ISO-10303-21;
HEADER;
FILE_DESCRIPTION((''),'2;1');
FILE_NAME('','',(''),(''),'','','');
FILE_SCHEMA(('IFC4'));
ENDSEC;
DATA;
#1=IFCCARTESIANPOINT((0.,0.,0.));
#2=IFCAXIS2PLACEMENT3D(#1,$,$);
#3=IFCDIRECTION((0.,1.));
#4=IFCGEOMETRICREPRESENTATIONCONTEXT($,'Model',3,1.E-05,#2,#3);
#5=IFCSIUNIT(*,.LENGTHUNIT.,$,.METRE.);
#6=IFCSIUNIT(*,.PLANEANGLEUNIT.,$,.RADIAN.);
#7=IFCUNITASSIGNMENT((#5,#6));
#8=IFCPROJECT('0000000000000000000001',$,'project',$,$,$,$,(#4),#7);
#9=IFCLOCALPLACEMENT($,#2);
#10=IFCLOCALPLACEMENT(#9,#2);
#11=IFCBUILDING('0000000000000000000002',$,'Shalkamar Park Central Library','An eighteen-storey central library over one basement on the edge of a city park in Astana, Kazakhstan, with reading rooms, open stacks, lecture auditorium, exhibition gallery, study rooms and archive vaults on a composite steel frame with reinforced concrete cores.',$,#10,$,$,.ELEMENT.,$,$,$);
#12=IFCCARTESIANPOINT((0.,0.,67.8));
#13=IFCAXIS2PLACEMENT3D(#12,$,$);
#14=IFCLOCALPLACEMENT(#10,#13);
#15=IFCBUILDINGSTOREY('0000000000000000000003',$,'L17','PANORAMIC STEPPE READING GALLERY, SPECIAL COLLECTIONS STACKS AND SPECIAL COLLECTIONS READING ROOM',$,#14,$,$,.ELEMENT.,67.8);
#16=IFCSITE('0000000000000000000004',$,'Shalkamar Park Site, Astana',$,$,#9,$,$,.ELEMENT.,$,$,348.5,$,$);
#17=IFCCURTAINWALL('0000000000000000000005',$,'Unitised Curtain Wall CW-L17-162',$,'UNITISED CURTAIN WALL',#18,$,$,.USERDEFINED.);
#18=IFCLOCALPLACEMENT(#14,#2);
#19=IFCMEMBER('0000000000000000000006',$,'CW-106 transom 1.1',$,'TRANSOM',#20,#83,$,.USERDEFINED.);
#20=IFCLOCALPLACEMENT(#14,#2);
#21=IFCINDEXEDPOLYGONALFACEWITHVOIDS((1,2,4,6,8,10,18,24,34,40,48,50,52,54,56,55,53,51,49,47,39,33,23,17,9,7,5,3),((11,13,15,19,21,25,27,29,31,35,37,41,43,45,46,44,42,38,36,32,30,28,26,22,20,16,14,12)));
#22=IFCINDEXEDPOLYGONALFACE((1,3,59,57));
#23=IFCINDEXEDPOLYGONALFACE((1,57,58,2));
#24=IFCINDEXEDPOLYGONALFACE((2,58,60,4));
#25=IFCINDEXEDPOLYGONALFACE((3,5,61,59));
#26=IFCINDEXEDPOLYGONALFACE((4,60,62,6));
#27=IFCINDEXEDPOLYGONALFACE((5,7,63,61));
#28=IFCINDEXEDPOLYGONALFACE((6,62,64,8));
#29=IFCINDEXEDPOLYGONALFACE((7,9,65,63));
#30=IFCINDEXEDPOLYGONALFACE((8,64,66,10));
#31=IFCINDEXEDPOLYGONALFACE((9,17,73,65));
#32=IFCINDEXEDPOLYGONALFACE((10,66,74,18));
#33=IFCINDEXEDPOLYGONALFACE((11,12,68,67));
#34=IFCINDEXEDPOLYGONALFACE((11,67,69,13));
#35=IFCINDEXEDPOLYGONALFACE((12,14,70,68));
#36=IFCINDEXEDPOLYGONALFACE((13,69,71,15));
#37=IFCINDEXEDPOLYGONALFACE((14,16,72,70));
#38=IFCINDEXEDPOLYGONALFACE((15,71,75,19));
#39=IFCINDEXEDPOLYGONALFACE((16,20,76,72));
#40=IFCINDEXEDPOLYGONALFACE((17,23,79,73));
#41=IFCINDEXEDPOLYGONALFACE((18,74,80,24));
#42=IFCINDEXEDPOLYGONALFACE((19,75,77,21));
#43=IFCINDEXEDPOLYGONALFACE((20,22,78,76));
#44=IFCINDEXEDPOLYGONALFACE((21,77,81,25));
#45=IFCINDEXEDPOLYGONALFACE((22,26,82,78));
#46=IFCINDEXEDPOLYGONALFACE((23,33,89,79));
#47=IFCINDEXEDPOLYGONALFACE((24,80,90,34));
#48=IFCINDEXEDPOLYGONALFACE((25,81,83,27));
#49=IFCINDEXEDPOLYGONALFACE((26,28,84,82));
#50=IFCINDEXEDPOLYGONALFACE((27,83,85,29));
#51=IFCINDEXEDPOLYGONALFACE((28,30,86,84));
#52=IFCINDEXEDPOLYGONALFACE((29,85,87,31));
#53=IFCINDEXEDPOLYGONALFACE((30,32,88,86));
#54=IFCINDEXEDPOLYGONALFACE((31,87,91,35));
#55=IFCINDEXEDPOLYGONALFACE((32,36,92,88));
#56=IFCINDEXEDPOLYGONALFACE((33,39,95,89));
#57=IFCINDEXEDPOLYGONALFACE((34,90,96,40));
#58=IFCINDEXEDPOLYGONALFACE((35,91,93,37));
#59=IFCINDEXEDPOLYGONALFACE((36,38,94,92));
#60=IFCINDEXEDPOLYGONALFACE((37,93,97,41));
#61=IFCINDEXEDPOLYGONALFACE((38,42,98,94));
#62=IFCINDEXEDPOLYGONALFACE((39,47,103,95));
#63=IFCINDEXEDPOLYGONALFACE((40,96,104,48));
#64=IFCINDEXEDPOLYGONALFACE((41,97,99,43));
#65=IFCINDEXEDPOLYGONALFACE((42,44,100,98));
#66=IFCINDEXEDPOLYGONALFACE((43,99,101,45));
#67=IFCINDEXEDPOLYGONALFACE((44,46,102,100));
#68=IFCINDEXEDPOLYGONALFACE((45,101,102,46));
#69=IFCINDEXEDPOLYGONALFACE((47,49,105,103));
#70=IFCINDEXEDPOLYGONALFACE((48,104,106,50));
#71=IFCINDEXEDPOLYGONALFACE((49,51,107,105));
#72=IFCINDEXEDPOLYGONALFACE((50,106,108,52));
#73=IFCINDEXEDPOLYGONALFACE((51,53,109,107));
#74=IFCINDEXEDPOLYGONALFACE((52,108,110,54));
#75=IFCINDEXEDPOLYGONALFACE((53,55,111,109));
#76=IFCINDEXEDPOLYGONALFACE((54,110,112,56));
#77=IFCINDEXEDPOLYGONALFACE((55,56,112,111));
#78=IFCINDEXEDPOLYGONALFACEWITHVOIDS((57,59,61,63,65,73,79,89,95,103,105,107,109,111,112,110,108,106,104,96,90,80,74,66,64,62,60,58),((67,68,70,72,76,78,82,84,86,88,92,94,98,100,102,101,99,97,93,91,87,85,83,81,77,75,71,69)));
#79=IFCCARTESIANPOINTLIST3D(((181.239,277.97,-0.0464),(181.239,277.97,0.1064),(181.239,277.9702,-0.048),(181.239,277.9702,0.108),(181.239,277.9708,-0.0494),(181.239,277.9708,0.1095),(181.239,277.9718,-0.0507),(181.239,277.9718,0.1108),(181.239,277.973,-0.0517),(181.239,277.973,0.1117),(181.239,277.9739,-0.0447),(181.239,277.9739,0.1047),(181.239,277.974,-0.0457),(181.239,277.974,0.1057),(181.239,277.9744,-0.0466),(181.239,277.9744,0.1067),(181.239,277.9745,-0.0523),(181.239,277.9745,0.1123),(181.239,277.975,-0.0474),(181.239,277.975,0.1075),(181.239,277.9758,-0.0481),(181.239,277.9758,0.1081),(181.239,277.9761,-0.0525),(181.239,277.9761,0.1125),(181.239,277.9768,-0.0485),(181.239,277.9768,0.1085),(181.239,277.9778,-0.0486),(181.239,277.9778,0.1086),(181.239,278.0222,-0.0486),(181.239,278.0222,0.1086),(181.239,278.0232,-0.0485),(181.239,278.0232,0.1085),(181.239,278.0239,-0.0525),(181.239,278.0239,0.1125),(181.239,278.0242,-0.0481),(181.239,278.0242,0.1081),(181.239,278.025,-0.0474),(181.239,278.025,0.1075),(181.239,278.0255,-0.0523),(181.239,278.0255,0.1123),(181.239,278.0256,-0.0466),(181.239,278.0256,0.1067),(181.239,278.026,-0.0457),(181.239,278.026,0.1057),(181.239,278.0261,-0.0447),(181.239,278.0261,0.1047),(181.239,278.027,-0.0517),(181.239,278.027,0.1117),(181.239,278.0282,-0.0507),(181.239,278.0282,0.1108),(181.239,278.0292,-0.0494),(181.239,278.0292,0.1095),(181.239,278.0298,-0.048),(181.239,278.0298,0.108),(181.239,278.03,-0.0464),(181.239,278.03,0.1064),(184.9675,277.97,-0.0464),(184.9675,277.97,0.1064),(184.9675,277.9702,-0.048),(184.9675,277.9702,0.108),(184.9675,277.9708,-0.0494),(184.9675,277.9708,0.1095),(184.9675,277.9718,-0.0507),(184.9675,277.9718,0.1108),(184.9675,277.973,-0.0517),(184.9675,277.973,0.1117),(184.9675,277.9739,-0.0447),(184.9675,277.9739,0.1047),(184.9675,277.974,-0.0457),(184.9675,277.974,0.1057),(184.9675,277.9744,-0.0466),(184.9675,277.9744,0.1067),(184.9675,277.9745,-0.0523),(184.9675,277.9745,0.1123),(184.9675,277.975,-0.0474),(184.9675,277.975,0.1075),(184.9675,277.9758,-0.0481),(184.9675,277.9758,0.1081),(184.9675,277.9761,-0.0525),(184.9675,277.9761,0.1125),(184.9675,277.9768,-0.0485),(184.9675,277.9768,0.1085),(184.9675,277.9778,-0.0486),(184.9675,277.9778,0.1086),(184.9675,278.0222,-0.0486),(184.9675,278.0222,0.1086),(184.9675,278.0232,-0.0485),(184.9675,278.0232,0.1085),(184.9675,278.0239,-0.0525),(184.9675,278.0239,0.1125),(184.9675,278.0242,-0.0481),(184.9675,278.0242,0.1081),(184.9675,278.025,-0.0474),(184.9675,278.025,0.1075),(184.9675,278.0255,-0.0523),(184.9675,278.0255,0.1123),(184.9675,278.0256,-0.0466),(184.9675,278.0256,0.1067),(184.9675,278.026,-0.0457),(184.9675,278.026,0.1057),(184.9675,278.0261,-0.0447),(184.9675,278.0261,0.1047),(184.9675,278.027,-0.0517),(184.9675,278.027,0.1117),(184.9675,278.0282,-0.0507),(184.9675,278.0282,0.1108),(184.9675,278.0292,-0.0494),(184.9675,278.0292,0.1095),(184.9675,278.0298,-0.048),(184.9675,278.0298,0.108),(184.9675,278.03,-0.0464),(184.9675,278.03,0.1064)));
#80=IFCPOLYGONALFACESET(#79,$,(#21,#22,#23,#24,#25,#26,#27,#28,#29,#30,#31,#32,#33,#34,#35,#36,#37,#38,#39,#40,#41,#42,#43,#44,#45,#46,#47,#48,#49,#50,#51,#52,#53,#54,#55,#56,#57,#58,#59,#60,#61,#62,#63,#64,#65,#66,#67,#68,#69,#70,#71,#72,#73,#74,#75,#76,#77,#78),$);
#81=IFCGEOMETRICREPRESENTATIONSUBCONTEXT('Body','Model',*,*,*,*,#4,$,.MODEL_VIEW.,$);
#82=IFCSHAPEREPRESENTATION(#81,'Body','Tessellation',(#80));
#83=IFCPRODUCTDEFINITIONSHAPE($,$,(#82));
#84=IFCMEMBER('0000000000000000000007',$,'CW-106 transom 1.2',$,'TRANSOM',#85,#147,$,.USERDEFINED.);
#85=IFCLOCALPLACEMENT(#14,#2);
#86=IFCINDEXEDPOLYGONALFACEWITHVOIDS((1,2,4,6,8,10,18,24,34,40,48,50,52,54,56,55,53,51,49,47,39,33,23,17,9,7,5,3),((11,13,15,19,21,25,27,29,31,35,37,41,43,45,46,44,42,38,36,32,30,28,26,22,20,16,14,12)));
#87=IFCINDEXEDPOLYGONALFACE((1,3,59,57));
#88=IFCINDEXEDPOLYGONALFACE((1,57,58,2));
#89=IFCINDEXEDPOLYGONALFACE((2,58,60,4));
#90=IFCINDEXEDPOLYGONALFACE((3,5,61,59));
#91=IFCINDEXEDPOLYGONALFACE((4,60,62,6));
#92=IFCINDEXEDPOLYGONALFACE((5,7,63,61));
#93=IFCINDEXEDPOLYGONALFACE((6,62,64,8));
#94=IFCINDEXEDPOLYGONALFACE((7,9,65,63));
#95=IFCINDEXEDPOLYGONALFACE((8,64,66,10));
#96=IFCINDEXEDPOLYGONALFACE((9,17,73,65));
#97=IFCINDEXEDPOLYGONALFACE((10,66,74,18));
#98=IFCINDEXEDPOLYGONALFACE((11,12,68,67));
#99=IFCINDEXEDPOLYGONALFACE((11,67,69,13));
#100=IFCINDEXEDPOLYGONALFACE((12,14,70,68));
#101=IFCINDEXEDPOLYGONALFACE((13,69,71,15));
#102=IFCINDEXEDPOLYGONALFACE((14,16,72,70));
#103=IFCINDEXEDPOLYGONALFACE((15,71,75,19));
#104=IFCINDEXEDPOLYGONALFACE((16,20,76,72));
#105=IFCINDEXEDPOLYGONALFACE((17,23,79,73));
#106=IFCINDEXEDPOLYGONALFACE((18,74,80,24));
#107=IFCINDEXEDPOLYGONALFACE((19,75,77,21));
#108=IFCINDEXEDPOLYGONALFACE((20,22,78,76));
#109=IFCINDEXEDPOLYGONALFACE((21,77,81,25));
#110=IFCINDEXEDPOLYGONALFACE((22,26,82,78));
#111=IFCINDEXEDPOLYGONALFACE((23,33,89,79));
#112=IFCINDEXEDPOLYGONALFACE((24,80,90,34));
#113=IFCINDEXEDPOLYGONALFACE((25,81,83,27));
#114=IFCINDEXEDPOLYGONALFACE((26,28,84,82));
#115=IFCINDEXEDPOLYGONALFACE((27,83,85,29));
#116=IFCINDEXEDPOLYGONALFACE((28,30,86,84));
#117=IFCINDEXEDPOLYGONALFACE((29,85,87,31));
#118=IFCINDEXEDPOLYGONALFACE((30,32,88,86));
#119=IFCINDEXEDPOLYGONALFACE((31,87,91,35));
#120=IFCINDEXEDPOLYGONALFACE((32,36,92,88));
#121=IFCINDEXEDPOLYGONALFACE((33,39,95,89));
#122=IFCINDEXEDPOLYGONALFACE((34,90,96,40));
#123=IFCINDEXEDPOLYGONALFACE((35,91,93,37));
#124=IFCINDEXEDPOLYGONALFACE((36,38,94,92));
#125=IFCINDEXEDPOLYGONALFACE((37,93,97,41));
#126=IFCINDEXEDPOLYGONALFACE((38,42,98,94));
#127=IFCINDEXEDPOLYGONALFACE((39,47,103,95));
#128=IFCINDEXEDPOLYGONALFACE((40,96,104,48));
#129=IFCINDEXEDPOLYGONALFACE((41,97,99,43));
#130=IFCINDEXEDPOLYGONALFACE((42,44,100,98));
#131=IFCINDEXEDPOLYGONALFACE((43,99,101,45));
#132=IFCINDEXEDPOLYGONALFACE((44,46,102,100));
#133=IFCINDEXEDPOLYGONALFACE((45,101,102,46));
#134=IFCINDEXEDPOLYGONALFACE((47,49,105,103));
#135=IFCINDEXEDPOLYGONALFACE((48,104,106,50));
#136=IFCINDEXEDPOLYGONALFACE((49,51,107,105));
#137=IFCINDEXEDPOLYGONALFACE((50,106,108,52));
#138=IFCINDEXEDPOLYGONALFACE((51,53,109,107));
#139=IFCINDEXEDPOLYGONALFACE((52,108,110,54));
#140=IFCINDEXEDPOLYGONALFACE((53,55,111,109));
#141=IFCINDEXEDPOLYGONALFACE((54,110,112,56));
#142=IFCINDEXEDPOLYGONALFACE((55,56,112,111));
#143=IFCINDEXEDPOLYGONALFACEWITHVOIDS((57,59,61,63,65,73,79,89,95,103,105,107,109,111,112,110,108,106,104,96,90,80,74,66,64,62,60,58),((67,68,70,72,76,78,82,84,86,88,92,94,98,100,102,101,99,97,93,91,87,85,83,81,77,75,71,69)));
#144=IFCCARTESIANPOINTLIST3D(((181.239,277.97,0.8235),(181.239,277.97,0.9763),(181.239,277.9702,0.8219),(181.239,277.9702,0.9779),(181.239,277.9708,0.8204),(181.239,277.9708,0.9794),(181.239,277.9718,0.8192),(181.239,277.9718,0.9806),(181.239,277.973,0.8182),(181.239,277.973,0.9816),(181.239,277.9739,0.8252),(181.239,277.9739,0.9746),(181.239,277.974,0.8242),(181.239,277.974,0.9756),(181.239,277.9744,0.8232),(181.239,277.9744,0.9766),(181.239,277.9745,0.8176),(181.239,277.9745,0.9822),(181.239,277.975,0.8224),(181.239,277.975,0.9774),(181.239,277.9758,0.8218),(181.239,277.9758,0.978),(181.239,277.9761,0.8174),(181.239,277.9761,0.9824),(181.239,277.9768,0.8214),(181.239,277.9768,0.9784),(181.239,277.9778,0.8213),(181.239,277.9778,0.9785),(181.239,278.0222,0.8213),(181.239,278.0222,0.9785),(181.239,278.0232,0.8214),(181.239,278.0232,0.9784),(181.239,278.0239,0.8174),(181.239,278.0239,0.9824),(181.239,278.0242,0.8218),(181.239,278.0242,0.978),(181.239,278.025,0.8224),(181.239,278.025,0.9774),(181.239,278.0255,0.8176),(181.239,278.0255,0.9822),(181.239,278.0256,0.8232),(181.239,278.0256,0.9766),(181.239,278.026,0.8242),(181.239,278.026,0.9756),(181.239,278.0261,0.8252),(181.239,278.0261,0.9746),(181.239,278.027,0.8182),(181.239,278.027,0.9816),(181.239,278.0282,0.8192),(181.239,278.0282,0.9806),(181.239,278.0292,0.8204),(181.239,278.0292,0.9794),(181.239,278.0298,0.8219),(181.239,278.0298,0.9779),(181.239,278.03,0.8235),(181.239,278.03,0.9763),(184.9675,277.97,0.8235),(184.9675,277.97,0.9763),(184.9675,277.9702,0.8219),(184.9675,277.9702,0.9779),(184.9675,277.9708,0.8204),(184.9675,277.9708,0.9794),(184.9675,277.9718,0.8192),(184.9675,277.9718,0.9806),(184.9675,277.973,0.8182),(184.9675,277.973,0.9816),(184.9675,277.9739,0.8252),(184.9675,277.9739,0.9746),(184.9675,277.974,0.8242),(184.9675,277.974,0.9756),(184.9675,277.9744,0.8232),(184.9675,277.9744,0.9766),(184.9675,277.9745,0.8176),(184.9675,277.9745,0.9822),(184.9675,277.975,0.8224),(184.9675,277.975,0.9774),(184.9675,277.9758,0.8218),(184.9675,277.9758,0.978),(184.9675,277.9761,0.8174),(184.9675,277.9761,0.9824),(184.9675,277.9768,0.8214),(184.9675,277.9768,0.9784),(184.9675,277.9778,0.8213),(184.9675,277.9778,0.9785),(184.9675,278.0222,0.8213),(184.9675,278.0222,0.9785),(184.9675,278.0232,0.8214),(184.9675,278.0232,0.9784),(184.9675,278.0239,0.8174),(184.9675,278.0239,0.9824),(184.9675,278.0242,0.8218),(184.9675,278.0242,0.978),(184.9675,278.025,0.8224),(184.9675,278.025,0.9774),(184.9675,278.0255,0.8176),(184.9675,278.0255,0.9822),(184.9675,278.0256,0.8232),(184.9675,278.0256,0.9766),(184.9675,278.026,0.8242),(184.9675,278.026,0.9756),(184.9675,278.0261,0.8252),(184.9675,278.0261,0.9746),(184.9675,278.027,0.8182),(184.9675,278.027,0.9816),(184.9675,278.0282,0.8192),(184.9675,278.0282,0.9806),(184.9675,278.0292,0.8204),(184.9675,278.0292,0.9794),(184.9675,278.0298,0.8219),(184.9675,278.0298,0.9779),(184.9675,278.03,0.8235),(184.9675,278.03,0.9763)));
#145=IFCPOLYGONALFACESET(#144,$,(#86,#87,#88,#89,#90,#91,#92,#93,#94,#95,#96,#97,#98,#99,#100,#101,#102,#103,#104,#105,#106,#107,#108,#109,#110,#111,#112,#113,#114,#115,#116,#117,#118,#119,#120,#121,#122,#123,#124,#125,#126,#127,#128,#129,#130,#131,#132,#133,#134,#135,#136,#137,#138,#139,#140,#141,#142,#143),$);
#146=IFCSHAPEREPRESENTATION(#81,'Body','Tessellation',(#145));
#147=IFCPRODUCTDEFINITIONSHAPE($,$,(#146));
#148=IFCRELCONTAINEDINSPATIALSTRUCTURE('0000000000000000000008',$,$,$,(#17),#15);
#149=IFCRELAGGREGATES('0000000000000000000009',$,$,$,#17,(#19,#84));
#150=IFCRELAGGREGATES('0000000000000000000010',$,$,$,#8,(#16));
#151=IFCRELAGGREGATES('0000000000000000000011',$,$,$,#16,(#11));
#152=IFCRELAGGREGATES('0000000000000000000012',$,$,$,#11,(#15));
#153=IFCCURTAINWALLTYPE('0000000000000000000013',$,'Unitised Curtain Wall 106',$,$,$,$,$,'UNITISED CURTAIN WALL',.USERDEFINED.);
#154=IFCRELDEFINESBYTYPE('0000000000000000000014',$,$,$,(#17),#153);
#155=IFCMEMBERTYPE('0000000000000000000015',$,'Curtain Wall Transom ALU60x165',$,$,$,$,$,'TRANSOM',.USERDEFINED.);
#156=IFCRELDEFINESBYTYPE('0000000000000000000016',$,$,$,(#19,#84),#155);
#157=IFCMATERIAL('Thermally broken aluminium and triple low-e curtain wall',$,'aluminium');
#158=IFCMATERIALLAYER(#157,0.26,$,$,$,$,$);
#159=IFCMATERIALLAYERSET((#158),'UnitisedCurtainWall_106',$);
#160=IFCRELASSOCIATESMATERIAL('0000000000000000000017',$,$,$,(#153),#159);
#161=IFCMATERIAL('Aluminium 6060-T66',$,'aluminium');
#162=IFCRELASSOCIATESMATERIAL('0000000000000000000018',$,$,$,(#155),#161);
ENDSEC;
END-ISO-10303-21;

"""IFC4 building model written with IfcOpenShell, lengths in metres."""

from ifc_helpers import new_model, si_unit, direction, frame, origin, origin_2d, place, context, subcontext, project, spatial, hollow_rectangle, extrude, material, layer, layer_set, material_profile, profile_set, type_object, element, aggregate, save


model = new_model("IFC4")

# Units and contexts
model_context = context("Model", 3, precision=1e-05, world=origin(), true_north=direction((0.0, 1.0)))
body_context = subcontext(model_context, "Body", "Model", "MODEL_VIEW")
ifc_project = project(units=[si_unit("LENGTHUNIT", "METRE"), si_unit("PLANEANGLEUNIT", "RADIAN")], contexts=[model_context])

# Site, building, storey
site_placement = place(None, origin())
site = spatial("IfcSite", under=ifc_project, at=site_placement, Name="Shalkamar Park Site, Astana", CompositionType="ELEMENT", RefElevation=348.5)
building_placement = place(site_placement, origin())
building = spatial("IfcBuilding", under=site, at=building_placement, Name="Shalkamar Park Central Library", Description="An eighteen-storey central library over one basement on the edge of a city park in Astana, Kazakhstan, with reading rooms, open stacks, lecture auditorium, exhibition gallery, study rooms and archive vaults on a composite steel frame with reinforced concrete cores.", CompositionType="ELEMENT")
storey_placement = place(building_placement, frame((0.0, 0.0, 67.8)))
storey = spatial("IfcBuildingStorey", under=building, at=storey_placement, Name="L17", Description="PANORAMIC STEPPE READING GALLERY, SPECIAL COLLECTIONS STACKS AND SPECIAL COLLECTIONS READING ROOM", CompositionType="ELEMENT", Elevation=67.8)

# Curtain wall, members
ifc_material_1 = material(Name="Thermally broken aluminium and triple low-e curtain wall", Category="aluminium")
ifc_layer_1 = layer(ifc_material_1, 0.26)
ifc_layer_set_1 = layer_set([ifc_layer_1], Name="UnitisedCurtainWall_106")
curtain_wall_type = type_object("IfcCurtainWallType", Name="Unitised Curtain Wall 106", ElementType="UNITISED CURTAIN WALL", PredefinedType="USERDEFINED", material=ifc_layer_set_1)
curtain_wall_placement = place(storey_placement, origin())
curtain_wall = element("IfcCurtainWall", 1, at=curtain_wall_placement, inside=storey, type_object=curtain_wall_type, Name="Unitised Curtain Wall CW-L17-162", ObjectType="UNITISED CURTAIN WALL", PredefinedType="USERDEFINED")
ifc_material_2 = material(Name="Aluminium 6060-T66", Category="aluminium")
ifc_material_profile_1 = material_profile(ifc_material_2, hollow_rectangle(XDim=0.0601, YDim=0.165, WallThickness=0.0039, InnerFilletRadius=0.0039, OuterFilletRadius=0.0061, at=origin_2d()), Name="ALU 60x165x4")
ifc_profile_set_1 = profile_set([ifc_material_profile_1], Name="Aluminium 6060-T66")
member_type_1 = type_object("IfcMemberType", Name="Curtain Wall Transom ALU60x165", ElementType="TRANSOM", PredefinedType="USERDEFINED", material=ifc_profile_set_1)
member_1_placement = place(storey_placement, frame((181.239, 278.0, 0.03), z_axis=(1.0, 0.0, 0.0), x_axis=(0.0, 1.0, 0.0)))
member_1 = element("IfcMember", 2, at=member_1_placement, type_object=member_type_1, Name="CW-106 transom 1.1", ObjectType="TRANSOM", PredefinedType="USERDEFINED", context=body_context, shape_type="SweptSolid", body=[
    extrude(hollow_rectangle(XDim=0.0601, YDim=0.165, WallThickness=0.0039, InnerFilletRadius=0.0039, OuterFilletRadius=0.0061, at=origin_2d()), origin(), (0.0, 0.0, 1.0), 3.7285),
])
member_2_placement = place(storey_placement, frame((181.239, 278.0, 0.8999), z_axis=(1.0, 0.0, 0.0), x_axis=(0.0, 1.0, 0.0)))
member_2 = element("IfcMember", 3, at=member_2_placement, type_object=member_type_1, Name="CW-106 transom 1.2", ObjectType="TRANSOM", PredefinedType="USERDEFINED", context=body_context, shape_type="SweptSolid", body=[
    extrude(hollow_rectangle(XDim=0.0601, YDim=0.165, WallThickness=0.0039, InnerFilletRadius=0.0039, OuterFilletRadius=0.0061, at=origin_2d()), origin(), (0.0, 0.0, 1.0), 3.7285),
])

aggregate(curtain_wall, [member_1, member_2])

save(model, "model.ifc")
